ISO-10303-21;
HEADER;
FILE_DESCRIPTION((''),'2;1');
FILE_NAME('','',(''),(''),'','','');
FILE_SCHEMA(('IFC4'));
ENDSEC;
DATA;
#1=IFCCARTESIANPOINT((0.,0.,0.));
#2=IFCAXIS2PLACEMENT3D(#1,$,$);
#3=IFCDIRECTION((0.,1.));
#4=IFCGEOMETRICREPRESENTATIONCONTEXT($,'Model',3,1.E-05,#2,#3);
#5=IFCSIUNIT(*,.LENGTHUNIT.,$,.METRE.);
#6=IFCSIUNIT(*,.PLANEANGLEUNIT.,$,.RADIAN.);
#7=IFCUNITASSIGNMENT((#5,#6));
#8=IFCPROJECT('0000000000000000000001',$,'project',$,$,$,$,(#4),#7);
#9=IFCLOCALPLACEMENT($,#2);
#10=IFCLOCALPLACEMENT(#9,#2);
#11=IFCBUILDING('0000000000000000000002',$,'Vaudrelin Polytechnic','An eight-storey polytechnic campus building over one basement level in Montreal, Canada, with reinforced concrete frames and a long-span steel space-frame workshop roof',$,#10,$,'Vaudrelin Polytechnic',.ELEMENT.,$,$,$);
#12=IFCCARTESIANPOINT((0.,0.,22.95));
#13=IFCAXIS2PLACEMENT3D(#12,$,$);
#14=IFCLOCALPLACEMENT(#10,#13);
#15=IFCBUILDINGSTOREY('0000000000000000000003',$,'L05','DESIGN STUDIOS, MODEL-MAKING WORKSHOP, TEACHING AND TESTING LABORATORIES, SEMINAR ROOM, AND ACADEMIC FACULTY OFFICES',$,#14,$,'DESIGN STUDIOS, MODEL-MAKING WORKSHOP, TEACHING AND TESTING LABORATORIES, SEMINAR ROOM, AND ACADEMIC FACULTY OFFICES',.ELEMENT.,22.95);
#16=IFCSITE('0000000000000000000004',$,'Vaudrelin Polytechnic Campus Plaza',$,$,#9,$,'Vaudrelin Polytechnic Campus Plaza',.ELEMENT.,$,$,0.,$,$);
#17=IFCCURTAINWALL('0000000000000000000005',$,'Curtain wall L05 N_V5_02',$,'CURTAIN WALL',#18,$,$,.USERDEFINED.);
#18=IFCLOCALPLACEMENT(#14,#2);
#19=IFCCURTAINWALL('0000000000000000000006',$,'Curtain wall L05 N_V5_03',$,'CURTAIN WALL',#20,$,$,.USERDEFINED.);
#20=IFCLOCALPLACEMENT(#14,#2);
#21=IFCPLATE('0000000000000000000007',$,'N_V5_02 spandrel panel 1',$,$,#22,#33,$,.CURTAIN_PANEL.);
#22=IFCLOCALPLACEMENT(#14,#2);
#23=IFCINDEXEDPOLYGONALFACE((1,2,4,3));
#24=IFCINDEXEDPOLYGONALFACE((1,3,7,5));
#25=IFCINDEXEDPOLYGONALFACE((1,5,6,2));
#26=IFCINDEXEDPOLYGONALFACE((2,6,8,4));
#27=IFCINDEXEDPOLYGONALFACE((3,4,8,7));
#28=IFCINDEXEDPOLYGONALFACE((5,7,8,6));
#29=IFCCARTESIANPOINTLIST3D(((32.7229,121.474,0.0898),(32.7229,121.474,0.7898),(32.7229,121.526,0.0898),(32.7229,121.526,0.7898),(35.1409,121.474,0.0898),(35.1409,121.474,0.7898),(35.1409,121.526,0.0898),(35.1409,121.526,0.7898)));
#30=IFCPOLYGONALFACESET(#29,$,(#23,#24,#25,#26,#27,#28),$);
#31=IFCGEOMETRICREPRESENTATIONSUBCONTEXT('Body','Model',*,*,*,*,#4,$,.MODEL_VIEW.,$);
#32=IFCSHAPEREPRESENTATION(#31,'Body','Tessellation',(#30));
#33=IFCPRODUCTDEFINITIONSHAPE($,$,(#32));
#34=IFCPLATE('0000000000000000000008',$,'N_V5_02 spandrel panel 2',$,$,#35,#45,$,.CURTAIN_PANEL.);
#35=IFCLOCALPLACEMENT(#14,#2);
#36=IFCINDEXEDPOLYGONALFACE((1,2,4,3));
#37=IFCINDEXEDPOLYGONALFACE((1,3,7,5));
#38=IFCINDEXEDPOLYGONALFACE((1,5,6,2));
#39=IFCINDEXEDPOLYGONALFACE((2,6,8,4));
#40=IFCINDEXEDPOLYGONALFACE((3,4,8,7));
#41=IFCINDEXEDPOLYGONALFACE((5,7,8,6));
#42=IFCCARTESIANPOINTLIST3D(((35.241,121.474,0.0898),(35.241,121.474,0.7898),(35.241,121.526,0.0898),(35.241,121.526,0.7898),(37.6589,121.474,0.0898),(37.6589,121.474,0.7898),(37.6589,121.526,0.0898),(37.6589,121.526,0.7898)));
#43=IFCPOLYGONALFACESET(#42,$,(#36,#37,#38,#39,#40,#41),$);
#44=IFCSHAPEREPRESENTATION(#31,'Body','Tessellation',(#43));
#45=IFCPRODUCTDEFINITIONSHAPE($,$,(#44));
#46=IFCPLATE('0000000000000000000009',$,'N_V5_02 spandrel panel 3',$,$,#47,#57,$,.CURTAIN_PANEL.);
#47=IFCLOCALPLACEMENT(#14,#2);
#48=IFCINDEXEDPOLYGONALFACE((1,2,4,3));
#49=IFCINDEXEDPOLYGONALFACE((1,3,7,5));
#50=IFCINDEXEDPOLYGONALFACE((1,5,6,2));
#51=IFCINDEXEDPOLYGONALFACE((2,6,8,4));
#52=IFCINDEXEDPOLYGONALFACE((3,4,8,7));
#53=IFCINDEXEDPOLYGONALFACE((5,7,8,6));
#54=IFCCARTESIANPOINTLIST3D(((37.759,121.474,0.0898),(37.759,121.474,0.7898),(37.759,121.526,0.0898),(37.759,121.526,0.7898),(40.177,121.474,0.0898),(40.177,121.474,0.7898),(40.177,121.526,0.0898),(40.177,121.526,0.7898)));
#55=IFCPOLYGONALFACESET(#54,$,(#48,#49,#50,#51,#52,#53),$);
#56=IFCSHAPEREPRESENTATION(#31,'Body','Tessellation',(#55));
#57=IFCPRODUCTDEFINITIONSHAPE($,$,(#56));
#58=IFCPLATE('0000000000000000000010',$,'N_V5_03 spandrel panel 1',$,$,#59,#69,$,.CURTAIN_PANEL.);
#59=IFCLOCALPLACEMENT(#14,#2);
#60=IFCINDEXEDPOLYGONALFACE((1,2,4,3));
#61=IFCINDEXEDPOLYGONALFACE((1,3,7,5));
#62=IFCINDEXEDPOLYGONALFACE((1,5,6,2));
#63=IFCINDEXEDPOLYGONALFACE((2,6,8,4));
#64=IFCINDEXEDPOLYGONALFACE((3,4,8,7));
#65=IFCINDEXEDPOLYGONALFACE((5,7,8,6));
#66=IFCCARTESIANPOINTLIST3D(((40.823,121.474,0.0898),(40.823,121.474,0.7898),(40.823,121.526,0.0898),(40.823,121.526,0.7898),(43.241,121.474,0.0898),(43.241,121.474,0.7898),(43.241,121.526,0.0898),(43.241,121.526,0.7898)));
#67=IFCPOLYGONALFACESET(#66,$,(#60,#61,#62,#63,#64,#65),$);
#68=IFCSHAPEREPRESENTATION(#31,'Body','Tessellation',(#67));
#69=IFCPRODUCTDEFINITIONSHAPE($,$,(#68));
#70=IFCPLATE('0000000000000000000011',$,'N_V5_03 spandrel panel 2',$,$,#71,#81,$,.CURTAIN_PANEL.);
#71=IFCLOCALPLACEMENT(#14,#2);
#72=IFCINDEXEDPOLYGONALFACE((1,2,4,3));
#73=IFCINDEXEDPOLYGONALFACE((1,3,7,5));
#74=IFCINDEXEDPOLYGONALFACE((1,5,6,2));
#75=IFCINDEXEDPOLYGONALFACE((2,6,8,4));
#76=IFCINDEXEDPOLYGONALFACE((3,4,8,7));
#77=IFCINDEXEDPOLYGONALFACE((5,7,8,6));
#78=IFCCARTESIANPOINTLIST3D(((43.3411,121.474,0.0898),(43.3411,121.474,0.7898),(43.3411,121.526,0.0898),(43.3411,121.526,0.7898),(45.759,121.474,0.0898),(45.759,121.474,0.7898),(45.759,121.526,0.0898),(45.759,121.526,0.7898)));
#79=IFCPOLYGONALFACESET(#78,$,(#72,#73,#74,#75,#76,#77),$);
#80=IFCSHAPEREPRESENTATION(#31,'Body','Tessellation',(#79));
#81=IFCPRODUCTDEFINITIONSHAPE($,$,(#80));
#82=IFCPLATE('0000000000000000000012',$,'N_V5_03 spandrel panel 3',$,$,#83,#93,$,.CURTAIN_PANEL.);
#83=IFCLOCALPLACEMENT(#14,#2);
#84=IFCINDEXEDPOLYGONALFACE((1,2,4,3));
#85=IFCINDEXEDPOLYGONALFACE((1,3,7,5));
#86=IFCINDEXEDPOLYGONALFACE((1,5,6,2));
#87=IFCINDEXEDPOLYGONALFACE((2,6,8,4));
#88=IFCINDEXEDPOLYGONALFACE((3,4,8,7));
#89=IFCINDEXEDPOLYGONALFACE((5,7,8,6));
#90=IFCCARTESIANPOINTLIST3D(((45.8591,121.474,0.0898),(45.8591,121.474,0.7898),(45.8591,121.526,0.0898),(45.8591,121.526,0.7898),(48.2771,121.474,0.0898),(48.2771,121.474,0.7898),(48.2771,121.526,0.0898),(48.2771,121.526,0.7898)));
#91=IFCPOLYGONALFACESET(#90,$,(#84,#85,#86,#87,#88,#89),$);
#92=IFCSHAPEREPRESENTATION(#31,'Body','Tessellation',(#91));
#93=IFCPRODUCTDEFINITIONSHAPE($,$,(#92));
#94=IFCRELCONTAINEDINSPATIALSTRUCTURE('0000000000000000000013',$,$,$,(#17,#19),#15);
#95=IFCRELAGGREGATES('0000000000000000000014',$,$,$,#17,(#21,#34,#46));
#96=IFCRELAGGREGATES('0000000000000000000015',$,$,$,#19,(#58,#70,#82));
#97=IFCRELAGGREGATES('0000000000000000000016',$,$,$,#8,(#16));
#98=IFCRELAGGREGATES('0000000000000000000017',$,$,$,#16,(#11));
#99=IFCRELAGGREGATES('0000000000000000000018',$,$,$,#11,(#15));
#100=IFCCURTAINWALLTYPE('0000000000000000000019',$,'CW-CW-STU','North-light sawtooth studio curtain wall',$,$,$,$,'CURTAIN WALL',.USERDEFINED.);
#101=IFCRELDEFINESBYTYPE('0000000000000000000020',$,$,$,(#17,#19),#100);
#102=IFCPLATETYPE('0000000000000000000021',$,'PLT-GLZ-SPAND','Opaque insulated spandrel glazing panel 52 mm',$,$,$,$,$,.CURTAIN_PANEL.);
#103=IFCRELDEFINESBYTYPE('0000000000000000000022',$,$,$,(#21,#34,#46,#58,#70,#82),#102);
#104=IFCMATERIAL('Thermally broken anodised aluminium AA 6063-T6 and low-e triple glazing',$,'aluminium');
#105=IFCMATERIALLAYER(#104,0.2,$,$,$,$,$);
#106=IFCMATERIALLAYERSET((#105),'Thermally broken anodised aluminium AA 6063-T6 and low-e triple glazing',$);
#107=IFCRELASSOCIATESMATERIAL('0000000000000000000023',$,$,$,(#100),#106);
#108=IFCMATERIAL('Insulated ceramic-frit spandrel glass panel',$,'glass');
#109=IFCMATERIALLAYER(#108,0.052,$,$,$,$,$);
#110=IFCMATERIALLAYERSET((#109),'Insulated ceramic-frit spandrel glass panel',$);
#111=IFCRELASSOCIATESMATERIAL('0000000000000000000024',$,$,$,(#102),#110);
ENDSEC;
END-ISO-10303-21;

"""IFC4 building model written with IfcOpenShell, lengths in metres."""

from ifc_helpers import new_model, si_unit, direction, frame, origin, origin_2d, place, context, subcontext, project, spatial, rectangle, extrude, material, layer, layer_set, type_object, element, aggregate, save


model = new_model("IFC4")

# Units and contexts
model_context = context("Model", 3, precision=1e-05, world=origin(), true_north=direction((0.0, 1.0)))
body_context = subcontext(model_context, "Body", "Model", "MODEL_VIEW")
ifc_project = project(units=[si_unit("LENGTHUNIT", "METRE"), si_unit("PLANEANGLEUNIT", "RADIAN")], contexts=[model_context])

# Site, building, storey
site_placement = place(None, origin())
site = spatial("IfcSite", under=ifc_project, at=site_placement, Name="Vaudrelin Polytechnic Campus Plaza", LongName="Vaudrelin Polytechnic Campus Plaza", CompositionType="ELEMENT", RefElevation=0.0)
building_placement = place(site_placement, origin())
building = spatial("IfcBuilding", under=site, at=building_placement, Name="Vaudrelin Polytechnic", Description="An eight-storey polytechnic campus building over one basement level in Montreal, Canada, with reinforced concrete frames and a long-span steel space-frame workshop roof", LongName="Vaudrelin Polytechnic", CompositionType="ELEMENT")
storey_placement = place(building_placement, frame((0.0, 0.0, 22.95)))
storey = spatial("IfcBuildingStorey", under=building, at=storey_placement, Name="L05", Description="DESIGN STUDIOS, MODEL-MAKING WORKSHOP, TEACHING AND TESTING LABORATORIES, SEMINAR ROOM, AND ACADEMIC FACULTY OFFICES", LongName="DESIGN STUDIOS, MODEL-MAKING WORKSHOP, TEACHING AND TESTING LABORATORIES, SEMINAR ROOM, AND ACADEMIC FACULTY OFFICES", CompositionType="ELEMENT", Elevation=22.95)

# Curtain walls
ifc_material_1 = material(Name="Thermally broken anodised aluminium AA 6063-T6 and low-e triple glazing", Category="aluminium")
ifc_layer_1 = layer(ifc_material_1, 0.2)
ifc_layer_set_1 = layer_set([ifc_layer_1], Name="Thermally broken anodised aluminium AA 6063-T6 and low-e triple glazing")
curtain_wall_type = type_object("IfcCurtainWallType", Name="CW-CW-STU", Description="North-light sawtooth studio curtain wall", ElementType="CURTAIN WALL", PredefinedType="USERDEFINED", material=ifc_layer_set_1)
curtain_wall_1_placement = place(storey_placement, origin())
curtain_wall_1 = element("IfcCurtainWall", 1, at=curtain_wall_1_placement, inside=storey, type_object=curtain_wall_type, Name="Curtain wall L05 N_V5_02", ObjectType="CURTAIN WALL", PredefinedType="USERDEFINED")
curtain_wall_2_placement = place(storey_placement, origin())
curtain_wall_2 = element("IfcCurtainWall", 2, at=curtain_wall_2_placement, inside=storey, type_object=curtain_wall_type, Name="Curtain wall L05 N_V5_03", ObjectType="CURTAIN WALL", PredefinedType="USERDEFINED")

# Plates
ifc_material_2 = material(Name="Insulated ceramic-frit spandrel glass panel", Category="glass")
ifc_layer_2 = layer(ifc_material_2, 0.052)
ifc_layer_set_2 = layer_set([ifc_layer_2], Name="Insulated ceramic-frit spandrel glass panel")
plate_type_1 = type_object("IfcPlateType", Name="PLT-GLZ-SPAND", Description="Opaque insulated spandrel glazing panel 52 mm", PredefinedType="CURTAIN_PANEL", material=ifc_layer_set_2)
plate_1_placement = place(storey_placement, frame((33.9319, 121.5, 0.0898), z_axis=(0.0, 0.0, 1.0), x_axis=(1.0, 0.0, 0.0)))
plate_1 = element("IfcPlate", 3, at=plate_1_placement, type_object=plate_type_1, Name="N_V5_02 spandrel panel 1", PredefinedType="CURTAIN_PANEL", context=body_context, shape_type="SweptSolid", body=[
    extrude(rectangle(XDim=2.418, YDim=0.052, at=origin_2d()), origin(), (0.0, 0.0, 1.0), 0.7),
])
plate_2_placement = place(storey_placement, frame((36.45, 121.5, 0.0898), z_axis=(0.0, 0.0, 1.0), x_axis=(1.0, 0.0, 0.0)))
plate_2 = element("IfcPlate", 4, at=plate_2_placement, type_object=plate_type_1, Name="N_V5_02 spandrel panel 2", PredefinedType="CURTAIN_PANEL", context=body_context, shape_type="SweptSolid", body=[
    extrude(rectangle(XDim=2.418, YDim=0.052, at=origin_2d()), origin(), (0.0, 0.0, 1.0), 0.7),
])
plate_3_placement = place(storey_placement, frame((38.968, 121.5, 0.0898), z_axis=(0.0, 0.0, 1.0), x_axis=(1.0, 0.0, 0.0)))
plate_3 = element("IfcPlate", 5, at=plate_3_placement, type_object=plate_type_1, Name="N_V5_02 spandrel panel 3", PredefinedType="CURTAIN_PANEL", context=body_context, shape_type="SweptSolid", body=[
    extrude(rectangle(XDim=2.418, YDim=0.052, at=origin_2d()), origin(), (0.0, 0.0, 1.0), 0.7),
])
aggregate(curtain_wall_1, [plate_1, plate_2, plate_3])
plate_4_placement = place(storey_placement, frame((42.032, 121.5, 0.0898), z_axis=(0.0, 0.0, 1.0), x_axis=(1.0, 0.0, 0.0)))
plate_4 = element("IfcPlate", 6, at=plate_4_placement, type_object=plate_type_1, Name="N_V5_03 spandrel panel 1", PredefinedType="CURTAIN_PANEL", context=body_context, shape_type="SweptSolid", body=[
    extrude(rectangle(XDim=2.418, YDim=0.052, at=origin_2d()), origin(), (0.0, 0.0, 1.0), 0.7),
])
plate_5_placement = place(storey_placement, frame((44.55, 121.5, 0.0898), z_axis=(0.0, 0.0, 1.0), x_axis=(1.0, 0.0, 0.0)))
plate_5 = element("IfcPlate", 7, at=plate_5_placement, type_object=plate_type_1, Name="N_V5_03 spandrel panel 2", PredefinedType="CURTAIN_PANEL", context=body_context, shape_type="SweptSolid", body=[
    extrude(rectangle(XDim=2.418, YDim=0.052, at=origin_2d()), origin(), (0.0, 0.0, 1.0), 0.7),
])
plate_6_placement = place(storey_placement, frame((47.0681, 121.5, 0.0898), z_axis=(0.0, 0.0, 1.0), x_axis=(1.0, 0.0, 0.0)))
plate_6 = element("IfcPlate", 8, at=plate_6_placement, type_object=plate_type_1, Name="N_V5_03 spandrel panel 3", PredefinedType="CURTAIN_PANEL", context=body_context, shape_type="SweptSolid", body=[
    extrude(rectangle(XDim=2.418, YDim=0.052, at=origin_2d()), origin(), (0.0, 0.0, 1.0), 0.7),
])
aggregate(curtain_wall_2, [plate_4, plate_5, plate_6])

save(model, "model.ifc")
